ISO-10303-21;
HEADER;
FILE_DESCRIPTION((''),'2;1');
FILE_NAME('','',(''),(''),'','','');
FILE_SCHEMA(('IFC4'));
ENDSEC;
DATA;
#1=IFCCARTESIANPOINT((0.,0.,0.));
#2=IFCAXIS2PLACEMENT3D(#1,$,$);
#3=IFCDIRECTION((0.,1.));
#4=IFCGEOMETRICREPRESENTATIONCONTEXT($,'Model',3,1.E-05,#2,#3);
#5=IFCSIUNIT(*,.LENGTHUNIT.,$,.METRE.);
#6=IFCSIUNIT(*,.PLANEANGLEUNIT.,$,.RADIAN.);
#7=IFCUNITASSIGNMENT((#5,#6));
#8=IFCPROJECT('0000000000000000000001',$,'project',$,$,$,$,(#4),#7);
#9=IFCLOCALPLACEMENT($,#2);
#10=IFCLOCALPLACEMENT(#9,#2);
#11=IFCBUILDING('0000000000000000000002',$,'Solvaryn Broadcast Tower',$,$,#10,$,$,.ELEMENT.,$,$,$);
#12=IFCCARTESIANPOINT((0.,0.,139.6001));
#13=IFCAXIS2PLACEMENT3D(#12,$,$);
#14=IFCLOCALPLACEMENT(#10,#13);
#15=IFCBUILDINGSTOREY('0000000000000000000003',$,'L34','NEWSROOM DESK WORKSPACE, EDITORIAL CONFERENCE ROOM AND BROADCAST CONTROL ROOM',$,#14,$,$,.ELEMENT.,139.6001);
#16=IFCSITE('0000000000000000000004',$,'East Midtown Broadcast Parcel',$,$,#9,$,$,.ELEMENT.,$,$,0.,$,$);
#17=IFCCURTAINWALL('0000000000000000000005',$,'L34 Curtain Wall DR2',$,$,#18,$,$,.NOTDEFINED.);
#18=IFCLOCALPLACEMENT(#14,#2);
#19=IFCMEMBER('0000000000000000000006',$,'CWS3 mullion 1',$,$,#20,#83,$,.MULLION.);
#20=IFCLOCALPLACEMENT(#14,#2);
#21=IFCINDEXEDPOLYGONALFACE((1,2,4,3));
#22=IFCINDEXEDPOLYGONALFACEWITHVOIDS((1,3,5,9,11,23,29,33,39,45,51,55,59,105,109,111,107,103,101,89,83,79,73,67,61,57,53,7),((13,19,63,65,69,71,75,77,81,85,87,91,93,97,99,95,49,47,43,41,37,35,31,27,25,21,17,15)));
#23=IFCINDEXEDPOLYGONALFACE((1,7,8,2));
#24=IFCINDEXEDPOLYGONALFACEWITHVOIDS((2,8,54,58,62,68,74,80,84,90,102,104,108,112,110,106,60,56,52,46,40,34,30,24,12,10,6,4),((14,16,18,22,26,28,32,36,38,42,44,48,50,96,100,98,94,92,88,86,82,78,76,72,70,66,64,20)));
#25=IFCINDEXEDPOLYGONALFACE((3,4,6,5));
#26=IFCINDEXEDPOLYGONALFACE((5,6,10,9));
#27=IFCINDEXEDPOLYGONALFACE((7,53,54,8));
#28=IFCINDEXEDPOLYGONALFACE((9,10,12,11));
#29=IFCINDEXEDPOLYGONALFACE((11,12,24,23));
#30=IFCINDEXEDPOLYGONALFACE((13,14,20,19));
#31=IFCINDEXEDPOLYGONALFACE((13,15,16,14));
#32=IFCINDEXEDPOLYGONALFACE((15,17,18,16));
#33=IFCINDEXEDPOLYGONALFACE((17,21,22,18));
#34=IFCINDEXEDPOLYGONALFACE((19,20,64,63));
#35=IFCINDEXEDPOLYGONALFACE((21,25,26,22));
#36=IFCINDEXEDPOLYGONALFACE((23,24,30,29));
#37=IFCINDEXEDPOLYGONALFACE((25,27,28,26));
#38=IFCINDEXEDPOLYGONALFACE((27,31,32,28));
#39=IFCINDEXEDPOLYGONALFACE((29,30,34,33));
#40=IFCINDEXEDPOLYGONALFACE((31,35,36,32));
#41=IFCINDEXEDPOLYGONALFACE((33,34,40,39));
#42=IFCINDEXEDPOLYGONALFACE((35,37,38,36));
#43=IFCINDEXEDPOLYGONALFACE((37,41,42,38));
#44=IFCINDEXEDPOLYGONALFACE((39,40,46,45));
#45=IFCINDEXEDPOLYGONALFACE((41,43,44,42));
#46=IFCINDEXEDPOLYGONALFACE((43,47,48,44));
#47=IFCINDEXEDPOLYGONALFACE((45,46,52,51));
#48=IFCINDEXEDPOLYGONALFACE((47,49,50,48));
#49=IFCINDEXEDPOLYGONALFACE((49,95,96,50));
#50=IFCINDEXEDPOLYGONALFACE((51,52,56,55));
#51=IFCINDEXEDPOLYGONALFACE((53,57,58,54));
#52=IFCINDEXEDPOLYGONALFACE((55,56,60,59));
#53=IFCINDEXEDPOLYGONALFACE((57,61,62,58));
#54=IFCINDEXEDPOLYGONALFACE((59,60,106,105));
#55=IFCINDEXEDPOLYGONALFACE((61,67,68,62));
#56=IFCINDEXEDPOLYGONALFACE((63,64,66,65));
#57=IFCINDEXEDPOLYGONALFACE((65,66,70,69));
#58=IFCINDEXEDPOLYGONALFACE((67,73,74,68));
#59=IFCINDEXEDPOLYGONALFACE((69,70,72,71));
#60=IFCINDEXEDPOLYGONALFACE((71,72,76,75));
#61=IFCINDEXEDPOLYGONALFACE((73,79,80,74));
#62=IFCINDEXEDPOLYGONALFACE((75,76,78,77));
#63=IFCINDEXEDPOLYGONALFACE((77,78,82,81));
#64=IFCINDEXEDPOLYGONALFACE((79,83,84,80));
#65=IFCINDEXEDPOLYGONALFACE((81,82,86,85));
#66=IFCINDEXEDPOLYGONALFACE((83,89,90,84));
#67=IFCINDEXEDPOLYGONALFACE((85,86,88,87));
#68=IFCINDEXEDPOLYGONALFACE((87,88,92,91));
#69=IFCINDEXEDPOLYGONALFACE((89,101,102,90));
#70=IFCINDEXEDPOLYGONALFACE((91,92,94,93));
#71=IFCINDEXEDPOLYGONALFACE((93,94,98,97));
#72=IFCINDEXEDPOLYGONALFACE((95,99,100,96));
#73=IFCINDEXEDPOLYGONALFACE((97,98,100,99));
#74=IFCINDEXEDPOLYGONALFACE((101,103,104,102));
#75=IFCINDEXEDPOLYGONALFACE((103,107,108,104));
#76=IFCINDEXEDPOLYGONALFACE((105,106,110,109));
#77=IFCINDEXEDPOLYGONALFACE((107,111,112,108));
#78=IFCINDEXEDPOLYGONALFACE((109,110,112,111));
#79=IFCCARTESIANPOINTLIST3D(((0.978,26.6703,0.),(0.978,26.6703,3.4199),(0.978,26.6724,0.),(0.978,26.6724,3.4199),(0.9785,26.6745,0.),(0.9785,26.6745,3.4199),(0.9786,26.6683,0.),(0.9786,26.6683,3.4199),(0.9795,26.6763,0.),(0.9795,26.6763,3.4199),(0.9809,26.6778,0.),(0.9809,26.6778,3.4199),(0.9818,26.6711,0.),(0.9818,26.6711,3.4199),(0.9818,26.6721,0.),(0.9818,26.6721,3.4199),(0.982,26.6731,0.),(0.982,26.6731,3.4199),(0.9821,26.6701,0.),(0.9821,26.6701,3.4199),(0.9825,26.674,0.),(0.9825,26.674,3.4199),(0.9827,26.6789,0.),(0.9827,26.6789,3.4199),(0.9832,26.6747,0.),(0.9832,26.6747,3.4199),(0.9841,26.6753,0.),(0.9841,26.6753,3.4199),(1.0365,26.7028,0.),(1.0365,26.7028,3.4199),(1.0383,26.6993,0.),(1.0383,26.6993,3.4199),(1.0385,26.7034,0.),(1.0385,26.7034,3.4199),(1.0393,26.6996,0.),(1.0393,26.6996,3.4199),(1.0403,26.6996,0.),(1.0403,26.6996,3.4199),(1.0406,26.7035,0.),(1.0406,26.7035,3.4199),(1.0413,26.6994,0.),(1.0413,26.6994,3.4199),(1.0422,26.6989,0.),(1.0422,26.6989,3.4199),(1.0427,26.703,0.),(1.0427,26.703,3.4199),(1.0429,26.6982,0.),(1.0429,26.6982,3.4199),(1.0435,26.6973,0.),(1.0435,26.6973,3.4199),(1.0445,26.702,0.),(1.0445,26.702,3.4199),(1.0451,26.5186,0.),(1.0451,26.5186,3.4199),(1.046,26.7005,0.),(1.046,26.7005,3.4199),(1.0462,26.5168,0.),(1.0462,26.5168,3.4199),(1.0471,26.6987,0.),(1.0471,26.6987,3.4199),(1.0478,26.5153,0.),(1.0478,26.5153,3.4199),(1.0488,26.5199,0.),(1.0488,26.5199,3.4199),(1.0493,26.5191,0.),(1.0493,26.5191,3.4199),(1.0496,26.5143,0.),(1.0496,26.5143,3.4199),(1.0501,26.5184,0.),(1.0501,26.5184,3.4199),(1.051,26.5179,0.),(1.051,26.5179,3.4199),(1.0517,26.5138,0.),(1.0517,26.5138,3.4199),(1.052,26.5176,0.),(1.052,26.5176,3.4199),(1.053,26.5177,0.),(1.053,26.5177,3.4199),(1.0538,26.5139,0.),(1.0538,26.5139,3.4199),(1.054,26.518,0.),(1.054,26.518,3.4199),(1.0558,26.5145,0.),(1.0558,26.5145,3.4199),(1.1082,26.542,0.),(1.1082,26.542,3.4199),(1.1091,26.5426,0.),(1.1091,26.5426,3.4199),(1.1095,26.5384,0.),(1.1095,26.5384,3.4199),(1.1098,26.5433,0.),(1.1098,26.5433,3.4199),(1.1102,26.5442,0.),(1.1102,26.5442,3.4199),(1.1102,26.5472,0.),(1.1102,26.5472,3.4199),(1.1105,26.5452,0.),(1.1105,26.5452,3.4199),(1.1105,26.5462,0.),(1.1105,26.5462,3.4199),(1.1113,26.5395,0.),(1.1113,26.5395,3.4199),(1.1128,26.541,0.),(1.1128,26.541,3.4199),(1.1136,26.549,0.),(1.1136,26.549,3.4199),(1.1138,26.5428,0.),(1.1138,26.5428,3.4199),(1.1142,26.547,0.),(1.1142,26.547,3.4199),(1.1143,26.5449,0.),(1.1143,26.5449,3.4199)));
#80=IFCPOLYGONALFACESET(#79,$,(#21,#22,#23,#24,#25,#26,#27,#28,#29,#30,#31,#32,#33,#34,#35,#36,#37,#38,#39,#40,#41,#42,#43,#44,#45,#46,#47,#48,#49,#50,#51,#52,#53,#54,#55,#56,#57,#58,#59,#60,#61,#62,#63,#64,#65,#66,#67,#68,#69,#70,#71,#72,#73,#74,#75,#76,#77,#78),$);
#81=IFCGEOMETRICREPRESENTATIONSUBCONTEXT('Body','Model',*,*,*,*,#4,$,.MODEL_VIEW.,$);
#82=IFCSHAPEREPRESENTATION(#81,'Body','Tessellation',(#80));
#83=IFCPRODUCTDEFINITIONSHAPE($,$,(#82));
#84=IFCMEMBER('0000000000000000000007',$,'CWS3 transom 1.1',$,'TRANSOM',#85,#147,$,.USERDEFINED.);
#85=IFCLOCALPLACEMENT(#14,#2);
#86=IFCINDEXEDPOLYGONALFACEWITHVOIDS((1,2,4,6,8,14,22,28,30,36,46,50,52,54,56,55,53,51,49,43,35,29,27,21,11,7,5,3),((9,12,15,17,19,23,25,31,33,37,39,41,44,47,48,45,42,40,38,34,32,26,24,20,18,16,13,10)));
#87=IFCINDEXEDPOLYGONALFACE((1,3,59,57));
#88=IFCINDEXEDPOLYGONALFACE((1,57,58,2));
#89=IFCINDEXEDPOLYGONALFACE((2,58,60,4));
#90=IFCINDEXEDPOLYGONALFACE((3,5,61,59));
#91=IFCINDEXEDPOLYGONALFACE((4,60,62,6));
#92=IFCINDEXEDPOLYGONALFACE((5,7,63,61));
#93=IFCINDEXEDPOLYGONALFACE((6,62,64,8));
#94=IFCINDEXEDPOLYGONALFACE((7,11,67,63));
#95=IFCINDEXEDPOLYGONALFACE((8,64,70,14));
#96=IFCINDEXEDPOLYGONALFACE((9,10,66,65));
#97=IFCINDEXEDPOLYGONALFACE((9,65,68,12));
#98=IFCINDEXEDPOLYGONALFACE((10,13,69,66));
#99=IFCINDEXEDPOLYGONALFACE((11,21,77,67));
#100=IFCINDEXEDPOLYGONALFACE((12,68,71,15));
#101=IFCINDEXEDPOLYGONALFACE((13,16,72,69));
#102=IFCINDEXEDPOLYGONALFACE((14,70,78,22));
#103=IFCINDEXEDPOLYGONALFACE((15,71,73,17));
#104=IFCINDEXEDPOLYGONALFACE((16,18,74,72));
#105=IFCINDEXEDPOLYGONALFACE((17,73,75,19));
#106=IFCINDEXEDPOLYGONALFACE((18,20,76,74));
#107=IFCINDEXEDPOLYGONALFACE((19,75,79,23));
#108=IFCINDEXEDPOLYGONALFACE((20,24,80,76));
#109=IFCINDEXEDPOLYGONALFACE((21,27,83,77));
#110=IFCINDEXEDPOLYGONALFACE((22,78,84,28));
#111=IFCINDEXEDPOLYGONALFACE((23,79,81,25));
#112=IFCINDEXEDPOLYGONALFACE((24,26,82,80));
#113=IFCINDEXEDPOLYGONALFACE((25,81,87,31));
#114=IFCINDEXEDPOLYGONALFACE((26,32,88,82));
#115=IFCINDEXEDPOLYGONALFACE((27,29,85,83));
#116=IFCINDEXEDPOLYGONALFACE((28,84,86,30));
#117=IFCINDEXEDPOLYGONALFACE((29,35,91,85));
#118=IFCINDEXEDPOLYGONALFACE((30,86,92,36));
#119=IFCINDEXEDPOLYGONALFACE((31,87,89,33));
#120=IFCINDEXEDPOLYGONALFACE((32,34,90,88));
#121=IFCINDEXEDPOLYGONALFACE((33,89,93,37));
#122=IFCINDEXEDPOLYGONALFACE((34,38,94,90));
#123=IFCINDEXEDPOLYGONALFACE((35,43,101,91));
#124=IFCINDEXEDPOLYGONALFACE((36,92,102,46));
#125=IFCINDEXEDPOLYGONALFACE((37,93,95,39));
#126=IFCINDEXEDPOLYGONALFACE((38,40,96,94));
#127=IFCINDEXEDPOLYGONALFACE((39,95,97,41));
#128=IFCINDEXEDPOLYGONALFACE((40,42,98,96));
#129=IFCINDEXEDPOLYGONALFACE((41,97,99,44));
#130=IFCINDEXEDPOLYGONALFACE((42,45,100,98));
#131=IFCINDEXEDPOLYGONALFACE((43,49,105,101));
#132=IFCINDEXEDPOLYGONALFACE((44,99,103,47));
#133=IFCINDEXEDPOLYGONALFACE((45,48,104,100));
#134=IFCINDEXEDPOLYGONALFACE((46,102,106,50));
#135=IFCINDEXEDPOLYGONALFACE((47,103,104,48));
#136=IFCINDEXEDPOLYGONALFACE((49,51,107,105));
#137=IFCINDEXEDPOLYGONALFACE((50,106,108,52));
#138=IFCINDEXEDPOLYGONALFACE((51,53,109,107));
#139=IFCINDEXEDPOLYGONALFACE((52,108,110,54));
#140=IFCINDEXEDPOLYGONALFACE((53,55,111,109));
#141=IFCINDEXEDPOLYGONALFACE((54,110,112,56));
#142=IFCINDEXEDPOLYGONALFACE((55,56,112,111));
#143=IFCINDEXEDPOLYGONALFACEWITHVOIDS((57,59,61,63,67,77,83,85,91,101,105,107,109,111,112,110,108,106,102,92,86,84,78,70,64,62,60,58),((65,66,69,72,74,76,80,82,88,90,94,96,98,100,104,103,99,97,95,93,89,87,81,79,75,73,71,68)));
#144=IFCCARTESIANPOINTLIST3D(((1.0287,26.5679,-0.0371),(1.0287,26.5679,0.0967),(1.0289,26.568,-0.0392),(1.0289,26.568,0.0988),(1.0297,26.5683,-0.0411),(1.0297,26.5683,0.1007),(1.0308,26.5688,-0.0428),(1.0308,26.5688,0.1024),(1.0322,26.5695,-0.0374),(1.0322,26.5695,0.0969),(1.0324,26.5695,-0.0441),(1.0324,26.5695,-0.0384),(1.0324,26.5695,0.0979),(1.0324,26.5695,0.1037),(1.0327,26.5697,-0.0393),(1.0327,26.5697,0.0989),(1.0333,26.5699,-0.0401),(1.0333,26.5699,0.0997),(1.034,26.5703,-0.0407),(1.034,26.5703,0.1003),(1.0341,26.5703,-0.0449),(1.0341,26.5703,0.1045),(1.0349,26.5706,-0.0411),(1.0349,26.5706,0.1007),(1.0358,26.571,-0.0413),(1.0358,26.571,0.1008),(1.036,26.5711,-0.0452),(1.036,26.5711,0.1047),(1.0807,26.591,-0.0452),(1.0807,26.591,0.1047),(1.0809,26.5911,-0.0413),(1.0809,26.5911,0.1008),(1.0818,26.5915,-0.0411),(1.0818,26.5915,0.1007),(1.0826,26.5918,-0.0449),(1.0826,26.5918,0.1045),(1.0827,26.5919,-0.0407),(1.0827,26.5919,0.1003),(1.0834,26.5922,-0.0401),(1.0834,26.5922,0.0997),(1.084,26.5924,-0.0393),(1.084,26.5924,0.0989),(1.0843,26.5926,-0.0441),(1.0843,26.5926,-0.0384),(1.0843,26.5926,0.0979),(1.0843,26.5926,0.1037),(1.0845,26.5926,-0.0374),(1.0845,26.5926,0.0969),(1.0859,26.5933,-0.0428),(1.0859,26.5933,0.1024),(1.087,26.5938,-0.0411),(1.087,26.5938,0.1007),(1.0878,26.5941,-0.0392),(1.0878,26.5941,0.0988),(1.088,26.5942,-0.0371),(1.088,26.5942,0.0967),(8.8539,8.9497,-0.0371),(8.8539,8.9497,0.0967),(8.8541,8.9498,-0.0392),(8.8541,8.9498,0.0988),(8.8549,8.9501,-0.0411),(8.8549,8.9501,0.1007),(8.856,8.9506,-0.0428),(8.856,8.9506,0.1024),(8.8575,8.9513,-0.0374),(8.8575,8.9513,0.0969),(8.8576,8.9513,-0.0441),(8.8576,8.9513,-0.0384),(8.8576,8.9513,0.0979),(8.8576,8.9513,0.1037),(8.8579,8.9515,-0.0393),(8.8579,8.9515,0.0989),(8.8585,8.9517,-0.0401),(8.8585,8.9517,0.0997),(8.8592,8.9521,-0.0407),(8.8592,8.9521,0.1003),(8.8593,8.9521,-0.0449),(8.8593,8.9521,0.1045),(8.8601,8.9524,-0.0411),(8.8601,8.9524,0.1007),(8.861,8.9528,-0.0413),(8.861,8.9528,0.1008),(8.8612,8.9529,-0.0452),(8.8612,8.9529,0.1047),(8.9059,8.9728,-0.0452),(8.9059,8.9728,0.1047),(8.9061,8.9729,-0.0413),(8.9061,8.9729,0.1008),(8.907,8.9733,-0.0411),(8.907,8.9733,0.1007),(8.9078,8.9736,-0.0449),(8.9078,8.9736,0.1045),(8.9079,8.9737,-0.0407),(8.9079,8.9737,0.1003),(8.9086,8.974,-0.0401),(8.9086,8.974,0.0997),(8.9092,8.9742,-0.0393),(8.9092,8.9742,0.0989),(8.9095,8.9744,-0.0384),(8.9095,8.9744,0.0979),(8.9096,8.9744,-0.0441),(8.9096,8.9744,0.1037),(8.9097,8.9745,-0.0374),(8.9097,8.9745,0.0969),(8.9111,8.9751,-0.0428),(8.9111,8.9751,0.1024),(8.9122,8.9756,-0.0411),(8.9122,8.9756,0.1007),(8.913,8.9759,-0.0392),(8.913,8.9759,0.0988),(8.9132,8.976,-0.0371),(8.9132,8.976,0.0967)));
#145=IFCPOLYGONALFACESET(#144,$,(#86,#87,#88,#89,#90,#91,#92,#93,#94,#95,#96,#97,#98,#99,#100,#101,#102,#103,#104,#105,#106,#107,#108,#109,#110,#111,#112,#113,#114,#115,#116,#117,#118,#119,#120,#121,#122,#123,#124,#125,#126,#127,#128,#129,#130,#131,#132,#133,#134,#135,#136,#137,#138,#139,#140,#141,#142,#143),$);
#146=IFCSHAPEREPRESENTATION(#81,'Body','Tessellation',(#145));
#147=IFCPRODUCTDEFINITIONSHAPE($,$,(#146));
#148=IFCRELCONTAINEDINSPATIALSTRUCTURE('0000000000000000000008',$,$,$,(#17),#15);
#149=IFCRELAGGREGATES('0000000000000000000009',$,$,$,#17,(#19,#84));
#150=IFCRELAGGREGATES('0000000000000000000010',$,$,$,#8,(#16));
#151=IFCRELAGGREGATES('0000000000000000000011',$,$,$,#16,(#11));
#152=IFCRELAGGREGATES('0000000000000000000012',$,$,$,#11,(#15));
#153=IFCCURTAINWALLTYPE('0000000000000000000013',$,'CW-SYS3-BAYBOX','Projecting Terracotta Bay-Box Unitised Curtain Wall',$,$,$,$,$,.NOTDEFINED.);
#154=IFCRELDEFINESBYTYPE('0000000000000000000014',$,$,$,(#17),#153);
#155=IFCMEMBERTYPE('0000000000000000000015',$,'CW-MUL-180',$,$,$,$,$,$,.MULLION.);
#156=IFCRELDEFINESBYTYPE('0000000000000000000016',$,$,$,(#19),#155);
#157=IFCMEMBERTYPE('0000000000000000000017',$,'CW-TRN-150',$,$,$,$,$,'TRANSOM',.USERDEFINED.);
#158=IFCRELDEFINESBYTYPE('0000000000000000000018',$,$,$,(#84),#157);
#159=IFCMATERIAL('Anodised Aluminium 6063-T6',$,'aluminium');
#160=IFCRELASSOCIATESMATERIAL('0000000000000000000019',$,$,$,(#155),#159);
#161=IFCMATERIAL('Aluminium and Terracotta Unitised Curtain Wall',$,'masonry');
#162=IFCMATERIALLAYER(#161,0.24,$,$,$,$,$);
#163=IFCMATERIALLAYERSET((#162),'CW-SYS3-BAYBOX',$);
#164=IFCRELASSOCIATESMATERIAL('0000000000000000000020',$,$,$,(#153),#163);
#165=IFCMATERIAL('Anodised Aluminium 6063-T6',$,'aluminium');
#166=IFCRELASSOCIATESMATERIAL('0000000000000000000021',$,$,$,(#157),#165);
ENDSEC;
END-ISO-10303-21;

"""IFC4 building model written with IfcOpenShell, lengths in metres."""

from ifc_helpers import new_model, si_unit, direction, frame, origin, origin_2d, place, context, subcontext, project, spatial, hollow_rectangle, extrude, material, layer, layer_set, material_profile, profile_set, type_object, element, aggregate, save


model = new_model("IFC4")

# Units and contexts
model_context = context("Model", 3, precision=1e-05, world=origin(), true_north=direction((0.0, 1.0)))
body_context = subcontext(model_context, "Body", "Model", "MODEL_VIEW")
ifc_project = project(units=[si_unit("LENGTHUNIT", "METRE"), si_unit("PLANEANGLEUNIT", "RADIAN")], contexts=[model_context])

# Site, building, storey
site_placement = place(None, origin())
site = spatial("IfcSite", under=ifc_project, at=site_placement, Name="East Midtown Broadcast Parcel", CompositionType="ELEMENT", RefElevation=0.0)
building_placement = place(site_placement, origin())
building = spatial("IfcBuilding", under=site, at=building_placement, Name="Solvaryn Broadcast Tower", CompositionType="ELEMENT")
storey_placement = place(building_placement, frame((0.0, 0.0, 139.6001)))
storey = spatial("IfcBuildingStorey", under=building, at=storey_placement, Name="L34", Description="NEWSROOM DESK WORKSPACE, EDITORIAL CONFERENCE ROOM AND BROADCAST CONTROL ROOM", CompositionType="ELEMENT", Elevation=139.6001)

# Shared definitions
ifc_material_1 = material(Name="Anodised Aluminium 6063-T6", Category="aluminium")
ifc_material_profile_1 = material_profile(ifc_material_1, hollow_rectangle(XDim=0.075, YDim=0.1799, WallThickness=0.0039, InnerFilletRadius=0.0039, OuterFilletRadius=0.0081, at=origin_2d()))
ifc_profile_set_1 = profile_set([ifc_material_profile_1], Name="Anodised Aluminium 6063-T6")
member_type_1 = type_object("IfcMemberType", Name="CW-MUL-180", PredefinedType="MULLION", material=ifc_profile_set_1)

# Curtain wall, members
ifc_material_2 = material(Name="Aluminium and Terracotta Unitised Curtain Wall", Category="masonry")
ifc_layer_1 = layer(ifc_material_2, 0.24)
ifc_layer_set_1 = layer_set([ifc_layer_1], Name="CW-SYS3-BAYBOX")
curtain_wall_type_1 = type_object("IfcCurtainWallType", Name="CW-SYS3-BAYBOX", Description="Projecting Terracotta Bay-Box Unitised Curtain Wall", PredefinedType="NOTDEFINED", material=ifc_layer_set_1)
curtain_wall_1_placement = place(storey_placement, origin())
curtain_wall_1 = element("IfcCurtainWall", 1, at=curtain_wall_1_placement, inside=storey, type_object=curtain_wall_type_1, Name="L34 Curtain Wall DR2", PredefinedType="NOTDEFINED")
member_1_placement = place(storey_placement, frame((1.0461, 26.6086, 0.0), z_axis=(0.0, 0.0, 1.0), x_axis=(0.913909, 0.405918, 0.0)))
member_1 = element("IfcMember", 2, at=member_1_placement, type_object=member_type_1, Name="CWS3 mullion 1", PredefinedType="MULLION", context=body_context, shape_type="SweptSolid", body=[
    extrude(hollow_rectangle(XDim=0.075, YDim=0.1799, WallThickness=0.0039, InnerFilletRadius=0.0039, OuterFilletRadius=0.0081, at=origin_2d()), origin(), (0.0, 0.0, 1.0), 3.4199),
])
ifc_material_3 = material(Name="Anodised Aluminium 6063-T6", Category="aluminium")
ifc_material_profile_2 = material_profile(ifc_material_3, hollow_rectangle(XDim=0.0649, YDim=0.1499, WallThickness=0.0039, InnerFilletRadius=0.0039, OuterFilletRadius=0.0081, at=origin_2d()))
ifc_profile_set_2 = profile_set([ifc_material_profile_2], Name="Anodised Aluminium 6063-T6")
member_type_2 = type_object("IfcMemberType", Name="CW-TRN-150", ElementType="TRANSOM", PredefinedType="USERDEFINED", material=ifc_profile_set_2)
member_2_placement = place(storey_placement, frame((1.0583, 26.5811, 0.0298), z_axis=(0.405918, -0.91391, 0.0), x_axis=(0.91391, 0.405918, 0.0)))
member_2 = element("IfcMember", 3, at=member_2_placement, type_object=member_type_2, Name="CWS3 transom 1.1", ObjectType="TRANSOM", PredefinedType="USERDEFINED", context=body_context, shape_type="SweptSolid", body=[
    extrude(hollow_rectangle(XDim=0.0649, YDim=0.1499, WallThickness=0.0039, InnerFilletRadius=0.0039, OuterFilletRadius=0.0081, at=origin_2d()), origin(), (0.0, 0.0, 1.0), 19.2778),
])
aggregate(curtain_wall_1, [member_1, member_2])

save(model, "model.ifc")
